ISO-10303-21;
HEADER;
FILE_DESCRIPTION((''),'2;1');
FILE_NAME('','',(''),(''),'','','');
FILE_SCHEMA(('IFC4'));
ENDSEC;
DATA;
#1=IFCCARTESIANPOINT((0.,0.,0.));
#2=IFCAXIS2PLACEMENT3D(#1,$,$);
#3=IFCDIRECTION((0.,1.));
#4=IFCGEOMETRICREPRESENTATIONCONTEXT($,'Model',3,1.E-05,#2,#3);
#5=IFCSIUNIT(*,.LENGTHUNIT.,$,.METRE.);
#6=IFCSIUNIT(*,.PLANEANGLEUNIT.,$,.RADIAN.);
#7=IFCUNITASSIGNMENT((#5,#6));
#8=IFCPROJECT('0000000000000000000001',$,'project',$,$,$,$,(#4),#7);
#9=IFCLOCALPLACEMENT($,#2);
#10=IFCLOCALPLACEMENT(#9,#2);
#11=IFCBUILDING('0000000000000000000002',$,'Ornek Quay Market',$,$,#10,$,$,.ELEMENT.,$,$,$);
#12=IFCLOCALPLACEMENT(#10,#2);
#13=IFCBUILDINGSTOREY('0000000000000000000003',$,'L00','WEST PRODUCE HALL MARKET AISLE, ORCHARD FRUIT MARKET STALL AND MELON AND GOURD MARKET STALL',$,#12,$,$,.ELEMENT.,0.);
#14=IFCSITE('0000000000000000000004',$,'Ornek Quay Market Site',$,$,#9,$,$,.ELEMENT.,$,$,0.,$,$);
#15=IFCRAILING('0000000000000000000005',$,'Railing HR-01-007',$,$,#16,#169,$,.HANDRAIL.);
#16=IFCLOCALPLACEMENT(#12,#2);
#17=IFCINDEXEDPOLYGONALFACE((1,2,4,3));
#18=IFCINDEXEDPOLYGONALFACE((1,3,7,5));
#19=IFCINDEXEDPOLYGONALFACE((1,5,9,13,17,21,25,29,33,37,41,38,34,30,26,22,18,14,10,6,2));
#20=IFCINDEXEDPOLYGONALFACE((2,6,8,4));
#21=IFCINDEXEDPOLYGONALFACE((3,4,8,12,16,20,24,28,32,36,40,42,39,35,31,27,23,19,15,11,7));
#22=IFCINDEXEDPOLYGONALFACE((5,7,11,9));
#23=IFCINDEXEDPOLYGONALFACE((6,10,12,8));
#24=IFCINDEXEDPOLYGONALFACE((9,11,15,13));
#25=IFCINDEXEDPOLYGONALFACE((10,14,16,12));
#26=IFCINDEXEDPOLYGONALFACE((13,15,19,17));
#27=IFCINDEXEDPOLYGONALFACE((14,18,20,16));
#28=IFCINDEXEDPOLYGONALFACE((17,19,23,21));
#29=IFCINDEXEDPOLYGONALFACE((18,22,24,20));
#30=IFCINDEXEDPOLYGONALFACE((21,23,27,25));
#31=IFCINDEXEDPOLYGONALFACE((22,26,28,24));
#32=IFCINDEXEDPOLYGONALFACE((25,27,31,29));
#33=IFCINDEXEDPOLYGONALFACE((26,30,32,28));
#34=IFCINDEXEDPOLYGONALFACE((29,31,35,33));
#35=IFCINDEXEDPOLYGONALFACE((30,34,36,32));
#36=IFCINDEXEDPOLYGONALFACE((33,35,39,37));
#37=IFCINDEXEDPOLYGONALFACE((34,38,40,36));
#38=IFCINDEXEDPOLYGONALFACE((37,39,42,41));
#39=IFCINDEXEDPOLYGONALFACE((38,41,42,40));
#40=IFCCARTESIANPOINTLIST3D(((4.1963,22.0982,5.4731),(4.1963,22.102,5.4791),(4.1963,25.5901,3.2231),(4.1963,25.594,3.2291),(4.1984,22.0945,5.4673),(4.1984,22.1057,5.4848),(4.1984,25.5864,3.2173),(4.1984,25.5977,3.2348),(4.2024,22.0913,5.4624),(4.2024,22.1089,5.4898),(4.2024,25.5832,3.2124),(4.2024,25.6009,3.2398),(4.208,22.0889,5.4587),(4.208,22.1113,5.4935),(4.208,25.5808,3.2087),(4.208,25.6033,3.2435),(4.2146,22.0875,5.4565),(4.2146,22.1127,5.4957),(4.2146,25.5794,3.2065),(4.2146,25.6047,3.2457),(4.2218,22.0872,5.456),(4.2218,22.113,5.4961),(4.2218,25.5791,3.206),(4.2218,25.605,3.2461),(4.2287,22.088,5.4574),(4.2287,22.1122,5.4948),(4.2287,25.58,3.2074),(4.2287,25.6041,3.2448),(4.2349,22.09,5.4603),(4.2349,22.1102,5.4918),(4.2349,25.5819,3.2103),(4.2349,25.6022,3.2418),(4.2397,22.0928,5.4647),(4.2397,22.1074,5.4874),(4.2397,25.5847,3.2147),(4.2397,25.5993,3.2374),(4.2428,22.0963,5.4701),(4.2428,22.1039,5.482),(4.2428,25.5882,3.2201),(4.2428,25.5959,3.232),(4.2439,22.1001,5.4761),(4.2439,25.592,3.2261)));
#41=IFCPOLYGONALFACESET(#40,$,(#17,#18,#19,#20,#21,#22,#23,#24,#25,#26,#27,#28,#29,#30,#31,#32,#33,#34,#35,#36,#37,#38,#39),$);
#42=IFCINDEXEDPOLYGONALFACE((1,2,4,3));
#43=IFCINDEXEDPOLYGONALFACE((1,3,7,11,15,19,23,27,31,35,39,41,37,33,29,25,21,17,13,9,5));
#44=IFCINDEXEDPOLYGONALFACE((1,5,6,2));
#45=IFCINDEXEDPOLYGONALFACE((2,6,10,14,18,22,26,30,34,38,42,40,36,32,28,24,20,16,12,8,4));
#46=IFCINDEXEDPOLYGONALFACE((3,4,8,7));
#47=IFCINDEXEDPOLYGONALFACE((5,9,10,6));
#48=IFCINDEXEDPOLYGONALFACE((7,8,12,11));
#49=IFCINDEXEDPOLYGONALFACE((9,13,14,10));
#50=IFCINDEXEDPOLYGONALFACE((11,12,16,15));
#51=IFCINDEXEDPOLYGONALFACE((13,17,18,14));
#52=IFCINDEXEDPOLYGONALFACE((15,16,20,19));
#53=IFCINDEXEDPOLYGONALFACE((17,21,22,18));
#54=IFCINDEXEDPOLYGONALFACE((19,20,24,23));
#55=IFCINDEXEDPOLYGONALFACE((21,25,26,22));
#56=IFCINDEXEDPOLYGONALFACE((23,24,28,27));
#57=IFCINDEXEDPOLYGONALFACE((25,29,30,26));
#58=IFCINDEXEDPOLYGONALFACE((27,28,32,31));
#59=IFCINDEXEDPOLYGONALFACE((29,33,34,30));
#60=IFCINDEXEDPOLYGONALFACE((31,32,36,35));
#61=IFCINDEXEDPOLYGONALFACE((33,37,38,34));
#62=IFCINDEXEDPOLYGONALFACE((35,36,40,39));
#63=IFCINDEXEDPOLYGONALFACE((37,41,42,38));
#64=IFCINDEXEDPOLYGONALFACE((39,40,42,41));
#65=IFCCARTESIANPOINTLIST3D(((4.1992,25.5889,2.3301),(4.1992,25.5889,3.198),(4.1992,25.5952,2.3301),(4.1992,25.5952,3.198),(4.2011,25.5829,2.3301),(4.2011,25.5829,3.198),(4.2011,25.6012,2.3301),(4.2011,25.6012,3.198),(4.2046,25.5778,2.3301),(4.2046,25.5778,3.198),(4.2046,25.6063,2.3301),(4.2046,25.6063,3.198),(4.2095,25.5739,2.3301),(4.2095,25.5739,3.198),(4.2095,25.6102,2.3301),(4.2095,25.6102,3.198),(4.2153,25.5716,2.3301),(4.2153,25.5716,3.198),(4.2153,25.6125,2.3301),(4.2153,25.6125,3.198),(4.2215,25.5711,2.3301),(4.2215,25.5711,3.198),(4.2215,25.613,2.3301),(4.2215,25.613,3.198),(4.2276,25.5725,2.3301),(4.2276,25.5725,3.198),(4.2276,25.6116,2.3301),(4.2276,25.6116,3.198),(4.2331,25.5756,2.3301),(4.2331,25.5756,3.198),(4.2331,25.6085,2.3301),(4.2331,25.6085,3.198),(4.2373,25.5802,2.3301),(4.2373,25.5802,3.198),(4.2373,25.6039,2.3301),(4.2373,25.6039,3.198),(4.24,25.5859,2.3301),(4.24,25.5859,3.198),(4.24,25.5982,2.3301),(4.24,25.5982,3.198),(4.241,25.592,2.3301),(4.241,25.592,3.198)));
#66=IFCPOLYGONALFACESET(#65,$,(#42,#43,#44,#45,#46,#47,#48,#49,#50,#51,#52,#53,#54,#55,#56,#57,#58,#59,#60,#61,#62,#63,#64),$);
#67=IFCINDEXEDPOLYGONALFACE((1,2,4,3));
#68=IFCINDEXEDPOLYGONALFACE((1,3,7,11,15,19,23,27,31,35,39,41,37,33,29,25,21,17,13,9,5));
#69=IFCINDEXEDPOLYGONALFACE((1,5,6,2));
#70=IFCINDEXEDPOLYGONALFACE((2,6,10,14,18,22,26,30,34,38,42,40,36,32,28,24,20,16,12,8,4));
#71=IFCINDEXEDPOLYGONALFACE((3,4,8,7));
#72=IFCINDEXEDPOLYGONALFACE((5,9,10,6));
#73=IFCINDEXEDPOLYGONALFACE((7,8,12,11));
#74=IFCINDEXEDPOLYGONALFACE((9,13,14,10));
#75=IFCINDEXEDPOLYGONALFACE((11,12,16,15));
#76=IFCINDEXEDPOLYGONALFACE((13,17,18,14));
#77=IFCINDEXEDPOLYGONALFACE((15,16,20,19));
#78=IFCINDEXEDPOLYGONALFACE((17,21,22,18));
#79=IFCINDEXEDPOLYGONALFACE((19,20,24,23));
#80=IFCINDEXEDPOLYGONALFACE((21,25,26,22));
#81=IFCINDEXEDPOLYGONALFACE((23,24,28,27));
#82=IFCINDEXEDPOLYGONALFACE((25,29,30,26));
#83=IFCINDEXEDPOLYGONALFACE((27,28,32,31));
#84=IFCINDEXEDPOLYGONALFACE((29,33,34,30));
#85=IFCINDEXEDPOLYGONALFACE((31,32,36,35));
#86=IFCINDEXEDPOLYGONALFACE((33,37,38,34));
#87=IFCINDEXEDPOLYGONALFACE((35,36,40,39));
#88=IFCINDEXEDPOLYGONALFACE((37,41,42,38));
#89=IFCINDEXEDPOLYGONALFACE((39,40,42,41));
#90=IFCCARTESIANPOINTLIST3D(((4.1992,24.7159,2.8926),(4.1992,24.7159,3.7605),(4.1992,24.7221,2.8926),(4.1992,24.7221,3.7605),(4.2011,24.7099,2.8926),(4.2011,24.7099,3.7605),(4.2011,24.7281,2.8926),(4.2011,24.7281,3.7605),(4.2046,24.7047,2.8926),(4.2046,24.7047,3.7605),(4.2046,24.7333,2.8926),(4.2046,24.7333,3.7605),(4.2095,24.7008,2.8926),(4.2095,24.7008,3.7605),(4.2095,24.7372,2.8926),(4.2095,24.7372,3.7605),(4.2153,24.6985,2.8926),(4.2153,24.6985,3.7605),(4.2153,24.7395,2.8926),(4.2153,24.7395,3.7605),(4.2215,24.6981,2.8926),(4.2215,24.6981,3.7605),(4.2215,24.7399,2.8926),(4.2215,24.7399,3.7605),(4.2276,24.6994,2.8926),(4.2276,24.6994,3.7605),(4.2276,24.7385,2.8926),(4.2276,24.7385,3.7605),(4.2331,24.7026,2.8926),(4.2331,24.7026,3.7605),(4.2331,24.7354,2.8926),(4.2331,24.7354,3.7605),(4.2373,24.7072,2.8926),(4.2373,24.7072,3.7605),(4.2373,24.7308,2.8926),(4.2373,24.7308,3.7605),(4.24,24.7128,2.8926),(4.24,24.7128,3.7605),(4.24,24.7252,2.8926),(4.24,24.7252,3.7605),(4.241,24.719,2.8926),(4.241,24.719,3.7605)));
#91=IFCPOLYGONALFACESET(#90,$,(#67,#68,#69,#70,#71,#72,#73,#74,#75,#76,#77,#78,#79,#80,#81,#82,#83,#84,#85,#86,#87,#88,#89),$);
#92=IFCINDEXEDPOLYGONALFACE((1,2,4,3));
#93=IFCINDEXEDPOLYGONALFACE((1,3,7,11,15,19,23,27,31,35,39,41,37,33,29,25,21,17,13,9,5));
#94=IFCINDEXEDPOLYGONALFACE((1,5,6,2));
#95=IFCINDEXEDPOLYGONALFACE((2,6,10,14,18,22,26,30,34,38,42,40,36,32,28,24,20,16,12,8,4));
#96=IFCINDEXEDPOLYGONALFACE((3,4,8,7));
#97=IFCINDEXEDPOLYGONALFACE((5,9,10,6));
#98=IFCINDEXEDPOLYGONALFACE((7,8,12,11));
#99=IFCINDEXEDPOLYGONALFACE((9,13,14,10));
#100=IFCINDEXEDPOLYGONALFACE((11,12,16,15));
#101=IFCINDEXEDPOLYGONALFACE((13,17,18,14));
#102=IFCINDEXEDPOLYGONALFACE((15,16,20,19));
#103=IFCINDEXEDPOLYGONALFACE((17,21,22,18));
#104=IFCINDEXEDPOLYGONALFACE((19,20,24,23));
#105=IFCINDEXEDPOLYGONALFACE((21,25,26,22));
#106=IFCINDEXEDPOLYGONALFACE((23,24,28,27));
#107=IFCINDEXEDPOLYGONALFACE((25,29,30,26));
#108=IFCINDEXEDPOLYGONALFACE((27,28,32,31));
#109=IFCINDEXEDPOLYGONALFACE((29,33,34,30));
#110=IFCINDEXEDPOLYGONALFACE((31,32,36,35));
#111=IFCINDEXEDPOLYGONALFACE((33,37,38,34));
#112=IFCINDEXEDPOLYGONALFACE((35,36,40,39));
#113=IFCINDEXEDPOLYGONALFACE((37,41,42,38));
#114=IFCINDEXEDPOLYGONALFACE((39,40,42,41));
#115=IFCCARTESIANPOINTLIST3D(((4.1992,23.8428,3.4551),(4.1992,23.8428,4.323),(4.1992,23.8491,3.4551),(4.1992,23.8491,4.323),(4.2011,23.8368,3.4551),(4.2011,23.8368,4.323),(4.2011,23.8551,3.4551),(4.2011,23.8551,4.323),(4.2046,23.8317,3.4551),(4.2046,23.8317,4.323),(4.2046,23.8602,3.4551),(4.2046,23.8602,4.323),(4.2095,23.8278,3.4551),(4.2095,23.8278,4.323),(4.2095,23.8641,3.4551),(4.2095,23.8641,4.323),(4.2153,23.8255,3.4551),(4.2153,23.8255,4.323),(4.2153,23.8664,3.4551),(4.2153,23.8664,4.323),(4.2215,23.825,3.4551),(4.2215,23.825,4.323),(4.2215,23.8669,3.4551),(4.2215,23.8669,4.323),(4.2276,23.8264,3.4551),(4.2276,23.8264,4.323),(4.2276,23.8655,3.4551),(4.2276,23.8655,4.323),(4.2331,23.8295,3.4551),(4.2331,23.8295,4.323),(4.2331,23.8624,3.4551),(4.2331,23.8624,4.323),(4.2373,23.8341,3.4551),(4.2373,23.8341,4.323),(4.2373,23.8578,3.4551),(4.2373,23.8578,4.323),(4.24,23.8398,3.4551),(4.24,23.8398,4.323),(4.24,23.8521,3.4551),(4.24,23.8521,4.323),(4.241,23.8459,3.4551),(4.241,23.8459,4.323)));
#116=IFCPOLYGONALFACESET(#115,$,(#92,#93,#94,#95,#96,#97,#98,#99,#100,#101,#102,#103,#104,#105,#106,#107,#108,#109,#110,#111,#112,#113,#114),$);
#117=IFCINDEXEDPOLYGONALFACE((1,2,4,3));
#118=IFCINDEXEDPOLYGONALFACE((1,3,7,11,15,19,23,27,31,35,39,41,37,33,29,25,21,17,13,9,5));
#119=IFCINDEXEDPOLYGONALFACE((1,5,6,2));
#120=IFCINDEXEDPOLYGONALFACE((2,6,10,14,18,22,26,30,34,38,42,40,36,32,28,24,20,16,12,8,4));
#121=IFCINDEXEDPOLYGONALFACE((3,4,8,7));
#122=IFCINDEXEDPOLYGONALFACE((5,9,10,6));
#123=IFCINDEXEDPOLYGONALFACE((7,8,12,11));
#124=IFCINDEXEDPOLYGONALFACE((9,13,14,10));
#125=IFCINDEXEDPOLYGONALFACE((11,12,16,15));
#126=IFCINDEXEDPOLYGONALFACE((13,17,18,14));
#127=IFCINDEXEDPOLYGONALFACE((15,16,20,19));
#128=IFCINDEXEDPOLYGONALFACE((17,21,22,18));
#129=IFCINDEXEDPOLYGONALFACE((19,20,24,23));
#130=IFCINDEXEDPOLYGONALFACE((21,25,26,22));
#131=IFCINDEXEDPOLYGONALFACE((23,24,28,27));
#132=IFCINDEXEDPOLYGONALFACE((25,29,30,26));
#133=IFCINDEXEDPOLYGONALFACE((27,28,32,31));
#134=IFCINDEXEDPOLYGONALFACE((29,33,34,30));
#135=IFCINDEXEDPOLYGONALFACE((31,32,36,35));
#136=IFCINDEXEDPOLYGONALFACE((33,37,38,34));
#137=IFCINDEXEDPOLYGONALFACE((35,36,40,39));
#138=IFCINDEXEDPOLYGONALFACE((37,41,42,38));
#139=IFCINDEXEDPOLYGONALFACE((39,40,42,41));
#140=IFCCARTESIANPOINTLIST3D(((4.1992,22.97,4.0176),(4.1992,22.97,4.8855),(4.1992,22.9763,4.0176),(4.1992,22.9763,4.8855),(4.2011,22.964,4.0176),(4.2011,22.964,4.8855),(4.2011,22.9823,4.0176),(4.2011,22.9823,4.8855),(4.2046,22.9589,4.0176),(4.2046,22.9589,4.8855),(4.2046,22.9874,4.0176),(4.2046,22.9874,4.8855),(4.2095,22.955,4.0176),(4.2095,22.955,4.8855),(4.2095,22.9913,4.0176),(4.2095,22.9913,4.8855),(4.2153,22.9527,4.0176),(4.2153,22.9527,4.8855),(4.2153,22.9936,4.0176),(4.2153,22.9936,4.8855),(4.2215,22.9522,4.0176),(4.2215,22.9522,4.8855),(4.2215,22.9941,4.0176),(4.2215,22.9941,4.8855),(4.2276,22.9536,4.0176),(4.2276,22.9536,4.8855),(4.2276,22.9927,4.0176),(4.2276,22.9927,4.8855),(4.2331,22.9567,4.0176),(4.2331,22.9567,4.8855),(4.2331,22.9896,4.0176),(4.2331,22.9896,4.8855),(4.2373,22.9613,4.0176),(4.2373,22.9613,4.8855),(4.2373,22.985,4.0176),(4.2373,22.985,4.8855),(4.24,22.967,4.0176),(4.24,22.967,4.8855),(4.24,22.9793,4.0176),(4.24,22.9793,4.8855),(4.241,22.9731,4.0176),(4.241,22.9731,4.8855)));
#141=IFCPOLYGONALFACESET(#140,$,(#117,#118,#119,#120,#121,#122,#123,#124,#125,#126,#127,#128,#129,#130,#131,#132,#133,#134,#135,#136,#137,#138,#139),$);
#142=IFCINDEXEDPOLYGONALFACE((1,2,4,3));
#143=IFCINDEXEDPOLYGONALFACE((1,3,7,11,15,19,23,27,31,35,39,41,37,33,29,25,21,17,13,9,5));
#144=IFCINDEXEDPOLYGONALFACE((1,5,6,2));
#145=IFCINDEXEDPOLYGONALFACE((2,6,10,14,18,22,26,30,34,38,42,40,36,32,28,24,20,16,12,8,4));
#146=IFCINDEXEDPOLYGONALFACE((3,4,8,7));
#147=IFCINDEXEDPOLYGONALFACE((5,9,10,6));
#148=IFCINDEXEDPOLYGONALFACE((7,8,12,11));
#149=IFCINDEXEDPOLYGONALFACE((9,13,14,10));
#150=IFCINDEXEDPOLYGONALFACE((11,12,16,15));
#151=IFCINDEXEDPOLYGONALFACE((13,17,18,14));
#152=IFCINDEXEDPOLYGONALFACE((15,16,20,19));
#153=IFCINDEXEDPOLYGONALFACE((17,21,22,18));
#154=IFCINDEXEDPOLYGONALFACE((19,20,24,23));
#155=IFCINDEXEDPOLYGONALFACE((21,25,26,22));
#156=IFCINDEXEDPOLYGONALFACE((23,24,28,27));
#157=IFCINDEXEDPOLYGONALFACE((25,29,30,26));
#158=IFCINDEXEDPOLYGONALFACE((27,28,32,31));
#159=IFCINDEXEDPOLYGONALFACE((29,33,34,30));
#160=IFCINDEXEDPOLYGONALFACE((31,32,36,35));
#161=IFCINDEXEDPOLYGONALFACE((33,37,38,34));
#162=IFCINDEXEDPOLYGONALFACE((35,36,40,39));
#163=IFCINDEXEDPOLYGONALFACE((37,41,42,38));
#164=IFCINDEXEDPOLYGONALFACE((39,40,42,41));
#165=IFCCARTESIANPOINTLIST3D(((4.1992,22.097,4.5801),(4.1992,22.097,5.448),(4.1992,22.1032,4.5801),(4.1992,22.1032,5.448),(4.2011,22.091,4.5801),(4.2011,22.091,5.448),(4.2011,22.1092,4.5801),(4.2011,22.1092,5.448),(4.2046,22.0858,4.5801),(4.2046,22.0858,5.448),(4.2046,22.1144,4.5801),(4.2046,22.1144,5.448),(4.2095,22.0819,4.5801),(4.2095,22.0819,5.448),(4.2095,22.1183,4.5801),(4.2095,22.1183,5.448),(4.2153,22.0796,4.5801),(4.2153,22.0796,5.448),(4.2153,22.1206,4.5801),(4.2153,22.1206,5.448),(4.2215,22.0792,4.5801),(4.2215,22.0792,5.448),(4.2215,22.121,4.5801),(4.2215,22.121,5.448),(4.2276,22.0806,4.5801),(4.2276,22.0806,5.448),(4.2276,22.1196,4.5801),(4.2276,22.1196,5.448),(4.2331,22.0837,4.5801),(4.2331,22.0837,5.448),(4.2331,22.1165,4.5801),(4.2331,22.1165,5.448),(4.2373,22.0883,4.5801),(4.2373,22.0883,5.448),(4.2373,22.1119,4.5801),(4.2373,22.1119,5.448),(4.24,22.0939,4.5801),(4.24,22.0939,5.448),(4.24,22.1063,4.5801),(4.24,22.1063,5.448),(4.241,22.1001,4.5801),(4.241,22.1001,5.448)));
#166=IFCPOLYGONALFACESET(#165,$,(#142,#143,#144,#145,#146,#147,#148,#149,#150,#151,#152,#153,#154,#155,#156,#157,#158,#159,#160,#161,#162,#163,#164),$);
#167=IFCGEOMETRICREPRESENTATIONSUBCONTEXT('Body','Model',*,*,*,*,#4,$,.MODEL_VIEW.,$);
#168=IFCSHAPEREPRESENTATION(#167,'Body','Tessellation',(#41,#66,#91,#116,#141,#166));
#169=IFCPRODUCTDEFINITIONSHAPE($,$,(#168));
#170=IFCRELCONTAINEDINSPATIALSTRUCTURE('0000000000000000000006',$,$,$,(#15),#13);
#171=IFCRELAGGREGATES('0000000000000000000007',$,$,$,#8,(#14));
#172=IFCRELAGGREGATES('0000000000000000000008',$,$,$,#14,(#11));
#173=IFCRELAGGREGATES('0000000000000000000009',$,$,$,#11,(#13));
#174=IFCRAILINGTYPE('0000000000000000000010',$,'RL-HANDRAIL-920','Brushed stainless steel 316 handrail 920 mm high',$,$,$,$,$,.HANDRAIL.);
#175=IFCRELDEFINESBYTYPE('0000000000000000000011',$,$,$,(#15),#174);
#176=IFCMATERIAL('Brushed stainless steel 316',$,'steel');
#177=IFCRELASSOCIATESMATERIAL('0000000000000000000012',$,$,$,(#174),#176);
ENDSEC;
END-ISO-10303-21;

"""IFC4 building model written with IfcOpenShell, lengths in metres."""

from ifc_helpers import new_model, si_unit, direction, frame, origin, origin_2d, place, context, subcontext, project, spatial, circle, extrude, material, type_object, element, save


model = new_model("IFC4")

# Units and contexts
model_context = context("Model", 3, precision=1e-05, world=origin(), true_north=direction((0.0, 1.0)))
body_context = subcontext(model_context, "Body", "Model", "MODEL_VIEW")
ifc_project = project(units=[si_unit("LENGTHUNIT", "METRE"), si_unit("PLANEANGLEUNIT", "RADIAN")], contexts=[model_context])

# Site, building, storey
site_placement = place(None, origin())
site = spatial("IfcSite", under=ifc_project, at=site_placement, Name="Ornek Quay Market Site", CompositionType="ELEMENT", RefElevation=0.0)
building_placement = place(site_placement, origin())
building = spatial("IfcBuilding", under=site, at=building_placement, Name="Ornek Quay Market", CompositionType="ELEMENT")
storey_placement = place(building_placement, origin())
storey = spatial("IfcBuildingStorey", under=building, at=storey_placement, Name="L00", Description="WEST PRODUCE HALL MARKET AISLE, ORCHARD FRUIT MARKET STALL AND MELON AND GOURD MARKET STALL", CompositionType="ELEMENT", Elevation=0.0)

# Railing
ifc_material_1 = material(Name="Brushed stainless steel 316", Category="steel")
railing_type_1 = type_object("IfcRailingType", Name="RL-HANDRAIL-920", Description="Brushed stainless steel 316 handrail 920 mm high", PredefinedType="HANDRAIL", material=ifc_material_1)
railing_1_placement = place(storey_placement, frame((4.22, 25.592, 2.3301)))
element("IfcRailing", 1, at=railing_1_placement, inside=storey, type_object=railing_type_1, Name="Railing HR-01-007", PredefinedType="HANDRAIL", context=body_context, shape_type="SweptSolid", body=[
    extrude(circle(Radius=0.0239, at=origin_2d()), frame((0.0, 0.0, 0.896), z_axis=(0.0, -0.840611, 0.54164), x_axis=(1.0, 0.0, 0.0)), (0.0, 0.0, 1.0), 4.1541),
    extrude(circle(Radius=0.021, at=origin_2d()), origin(), (0.0, 0.0, 1.0), 0.8679),
    extrude(circle(Radius=0.021, at=origin_2d()), frame((0.0, -0.873, 0.5625)), (0.0, 0.0, 1.0), 0.8679),
    extrude(circle(Radius=0.021, at=origin_2d()), frame((0.0, -1.7461, 1.125)), (0.0, 0.0, 1.0), 0.8679),
    extrude(circle(Radius=0.021, at=origin_2d()), frame((0.0, -2.6189, 1.6875)), (0.0, 0.0, 1.0), 0.8679),
    extrude(circle(Radius=0.021, at=origin_2d()), frame((0.0, -3.4919, 2.25)), (0.0, 0.0, 1.0), 0.8679),
])

save(model, "model.ifc")
